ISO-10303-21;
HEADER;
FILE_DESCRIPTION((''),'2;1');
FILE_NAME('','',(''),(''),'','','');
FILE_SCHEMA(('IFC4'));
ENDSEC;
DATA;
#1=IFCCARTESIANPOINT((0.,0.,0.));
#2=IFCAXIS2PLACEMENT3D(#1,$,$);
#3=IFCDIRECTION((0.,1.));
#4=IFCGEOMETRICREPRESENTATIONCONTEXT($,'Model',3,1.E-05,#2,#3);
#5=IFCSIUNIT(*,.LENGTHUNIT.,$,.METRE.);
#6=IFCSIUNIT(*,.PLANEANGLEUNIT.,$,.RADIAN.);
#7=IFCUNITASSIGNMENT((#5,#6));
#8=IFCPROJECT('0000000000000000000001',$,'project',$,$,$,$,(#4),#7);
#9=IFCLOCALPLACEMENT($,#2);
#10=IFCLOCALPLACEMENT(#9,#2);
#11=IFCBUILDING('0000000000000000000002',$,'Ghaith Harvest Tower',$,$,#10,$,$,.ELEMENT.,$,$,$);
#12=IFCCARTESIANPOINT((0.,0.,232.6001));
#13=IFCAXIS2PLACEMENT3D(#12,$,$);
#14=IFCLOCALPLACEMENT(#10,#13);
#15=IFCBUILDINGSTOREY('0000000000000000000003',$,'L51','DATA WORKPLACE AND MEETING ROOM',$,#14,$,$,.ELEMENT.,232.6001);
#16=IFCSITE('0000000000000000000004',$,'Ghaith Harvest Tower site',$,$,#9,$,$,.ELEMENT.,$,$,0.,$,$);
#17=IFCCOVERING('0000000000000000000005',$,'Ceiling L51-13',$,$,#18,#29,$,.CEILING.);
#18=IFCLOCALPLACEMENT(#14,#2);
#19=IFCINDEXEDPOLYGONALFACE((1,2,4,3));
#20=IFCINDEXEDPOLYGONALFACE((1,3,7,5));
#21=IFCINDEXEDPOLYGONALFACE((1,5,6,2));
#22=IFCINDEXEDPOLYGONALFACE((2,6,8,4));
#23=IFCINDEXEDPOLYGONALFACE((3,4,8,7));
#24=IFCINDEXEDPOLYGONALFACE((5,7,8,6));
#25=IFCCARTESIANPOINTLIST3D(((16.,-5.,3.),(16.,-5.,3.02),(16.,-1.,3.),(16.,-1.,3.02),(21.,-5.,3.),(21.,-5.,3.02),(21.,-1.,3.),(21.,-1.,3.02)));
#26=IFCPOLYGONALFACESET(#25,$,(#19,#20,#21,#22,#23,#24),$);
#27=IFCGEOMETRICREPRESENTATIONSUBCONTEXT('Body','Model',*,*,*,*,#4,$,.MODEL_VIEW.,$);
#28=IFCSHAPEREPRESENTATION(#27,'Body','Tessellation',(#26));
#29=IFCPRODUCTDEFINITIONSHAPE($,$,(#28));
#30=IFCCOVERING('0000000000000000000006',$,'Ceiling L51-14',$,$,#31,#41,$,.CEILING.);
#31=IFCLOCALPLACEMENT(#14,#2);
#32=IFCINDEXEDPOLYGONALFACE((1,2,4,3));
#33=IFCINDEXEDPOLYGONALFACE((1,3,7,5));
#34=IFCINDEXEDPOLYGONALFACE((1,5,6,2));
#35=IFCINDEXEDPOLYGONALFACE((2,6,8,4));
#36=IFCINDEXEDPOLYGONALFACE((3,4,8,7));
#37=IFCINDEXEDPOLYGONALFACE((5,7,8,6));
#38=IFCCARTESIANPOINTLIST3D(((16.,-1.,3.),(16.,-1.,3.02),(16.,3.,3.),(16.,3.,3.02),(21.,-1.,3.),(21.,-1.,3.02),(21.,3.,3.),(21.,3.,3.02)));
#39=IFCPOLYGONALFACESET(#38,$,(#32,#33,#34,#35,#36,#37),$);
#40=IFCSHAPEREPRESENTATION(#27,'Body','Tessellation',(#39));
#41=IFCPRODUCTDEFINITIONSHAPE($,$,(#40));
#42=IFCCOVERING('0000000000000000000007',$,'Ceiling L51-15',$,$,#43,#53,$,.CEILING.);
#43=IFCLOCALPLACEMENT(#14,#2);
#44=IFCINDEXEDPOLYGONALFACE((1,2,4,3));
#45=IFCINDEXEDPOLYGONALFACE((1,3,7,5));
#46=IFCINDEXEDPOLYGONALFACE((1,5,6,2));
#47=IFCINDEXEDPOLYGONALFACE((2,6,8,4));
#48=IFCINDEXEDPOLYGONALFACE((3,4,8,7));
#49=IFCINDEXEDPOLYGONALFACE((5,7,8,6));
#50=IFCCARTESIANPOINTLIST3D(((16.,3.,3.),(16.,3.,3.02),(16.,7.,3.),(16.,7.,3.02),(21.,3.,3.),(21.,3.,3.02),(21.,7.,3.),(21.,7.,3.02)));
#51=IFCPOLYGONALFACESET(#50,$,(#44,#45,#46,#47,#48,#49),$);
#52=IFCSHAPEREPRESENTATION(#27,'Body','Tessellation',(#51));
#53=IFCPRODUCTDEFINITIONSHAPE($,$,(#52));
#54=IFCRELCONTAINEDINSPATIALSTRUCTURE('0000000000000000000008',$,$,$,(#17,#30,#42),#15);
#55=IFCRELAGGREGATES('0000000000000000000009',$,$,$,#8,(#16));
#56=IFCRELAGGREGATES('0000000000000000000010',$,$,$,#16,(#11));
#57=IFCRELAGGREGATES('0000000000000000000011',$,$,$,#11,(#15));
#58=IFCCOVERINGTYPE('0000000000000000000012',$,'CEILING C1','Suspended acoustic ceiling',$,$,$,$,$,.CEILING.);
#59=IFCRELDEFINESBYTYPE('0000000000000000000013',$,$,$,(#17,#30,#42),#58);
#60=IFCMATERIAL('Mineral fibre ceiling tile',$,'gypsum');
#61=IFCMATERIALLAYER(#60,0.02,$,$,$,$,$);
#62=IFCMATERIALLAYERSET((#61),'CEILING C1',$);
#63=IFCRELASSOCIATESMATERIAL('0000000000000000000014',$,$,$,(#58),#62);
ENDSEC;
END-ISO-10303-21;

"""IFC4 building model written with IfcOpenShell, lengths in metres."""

from ifc_helpers import new_model, si_unit, direction, frame, origin, place, context, subcontext, project, spatial, polyline, outline, extrude, material, layer, layer_set, type_object, element, save


model = new_model("IFC4")

# Units and contexts
model_context = context("Model", 3, precision=1e-05, world=origin(), true_north=direction((0.0, 1.0)))
body_context = subcontext(model_context, "Body", "Model", "MODEL_VIEW")
ifc_project = project(units=[si_unit("LENGTHUNIT", "METRE"), si_unit("PLANEANGLEUNIT", "RADIAN")], contexts=[model_context])

# Site, building, storey
site_placement = place(None, origin())
site = spatial("IfcSite", under=ifc_project, at=site_placement, Name="Ghaith Harvest Tower site", CompositionType="ELEMENT", RefElevation=0.0)
building_placement = place(site_placement, origin())
building = spatial("IfcBuilding", under=site, at=building_placement, Name="Ghaith Harvest Tower", CompositionType="ELEMENT")
storey_placement = place(building_placement, frame((0.0, 0.0, 232.6001)))
storey = spatial("IfcBuildingStorey", under=building, at=storey_placement, Name="L51", Description="DATA WORKPLACE AND MEETING ROOM", CompositionType="ELEMENT", Elevation=232.6001)

# Coverings
ifc_material_1 = material(Name="Mineral fibre ceiling tile", Category="gypsum")
ifc_layer_1 = layer(ifc_material_1, 0.02)
ifc_layer_set_1 = layer_set([ifc_layer_1], Name="CEILING C1")
covering_type = type_object("IfcCoveringType", Name="CEILING C1", Description="Suspended acoustic ceiling", PredefinedType="CEILING", material=ifc_layer_set_1)
covering_1_placement = place(storey_placement, frame((0.0, 0.0, 3.0)))
element("IfcCovering", 1, at=covering_1_placement, inside=storey, type_object=covering_type, Name="Ceiling L51-13", PredefinedType="CEILING", context=body_context, shape_type="SweptSolid", body=[
    extrude(outline(polyline([(16.0, -5.0), (21.0, -5.0), (21.0, -1.0), (16.0, -1.0), (16.0, -5.0)])), origin(), (0.0, 0.0, 1.0), 0.02),
])
covering_2_placement = place(storey_placement, frame((0.0, 0.0, 3.0)))
element("IfcCovering", 2, at=covering_2_placement, inside=storey, type_object=covering_type, Name="Ceiling L51-14", PredefinedType="CEILING", context=body_context, shape_type="SweptSolid", body=[
    extrude(outline(polyline([(16.0, -1.0), (21.0, -1.0), (21.0, 3.0), (16.0, 3.0), (16.0, -1.0)])), origin(), (0.0, 0.0, 1.0), 0.02),
])
covering_3_placement = place(storey_placement, frame((0.0, 0.0, 3.0)))
element("IfcCovering", 3, at=covering_3_placement, inside=storey, type_object=covering_type, Name="Ceiling L51-15", PredefinedType="CEILING", context=body_context, shape_type="SweptSolid", body=[
    extrude(outline(polyline([(16.0, 3.0), (21.0, 3.0), (21.0, 7.0), (16.0, 7.0), (16.0, 3.0)])), origin(), (0.0, 0.0, 1.0), 0.02),
])

save(model, "model.ifc")
